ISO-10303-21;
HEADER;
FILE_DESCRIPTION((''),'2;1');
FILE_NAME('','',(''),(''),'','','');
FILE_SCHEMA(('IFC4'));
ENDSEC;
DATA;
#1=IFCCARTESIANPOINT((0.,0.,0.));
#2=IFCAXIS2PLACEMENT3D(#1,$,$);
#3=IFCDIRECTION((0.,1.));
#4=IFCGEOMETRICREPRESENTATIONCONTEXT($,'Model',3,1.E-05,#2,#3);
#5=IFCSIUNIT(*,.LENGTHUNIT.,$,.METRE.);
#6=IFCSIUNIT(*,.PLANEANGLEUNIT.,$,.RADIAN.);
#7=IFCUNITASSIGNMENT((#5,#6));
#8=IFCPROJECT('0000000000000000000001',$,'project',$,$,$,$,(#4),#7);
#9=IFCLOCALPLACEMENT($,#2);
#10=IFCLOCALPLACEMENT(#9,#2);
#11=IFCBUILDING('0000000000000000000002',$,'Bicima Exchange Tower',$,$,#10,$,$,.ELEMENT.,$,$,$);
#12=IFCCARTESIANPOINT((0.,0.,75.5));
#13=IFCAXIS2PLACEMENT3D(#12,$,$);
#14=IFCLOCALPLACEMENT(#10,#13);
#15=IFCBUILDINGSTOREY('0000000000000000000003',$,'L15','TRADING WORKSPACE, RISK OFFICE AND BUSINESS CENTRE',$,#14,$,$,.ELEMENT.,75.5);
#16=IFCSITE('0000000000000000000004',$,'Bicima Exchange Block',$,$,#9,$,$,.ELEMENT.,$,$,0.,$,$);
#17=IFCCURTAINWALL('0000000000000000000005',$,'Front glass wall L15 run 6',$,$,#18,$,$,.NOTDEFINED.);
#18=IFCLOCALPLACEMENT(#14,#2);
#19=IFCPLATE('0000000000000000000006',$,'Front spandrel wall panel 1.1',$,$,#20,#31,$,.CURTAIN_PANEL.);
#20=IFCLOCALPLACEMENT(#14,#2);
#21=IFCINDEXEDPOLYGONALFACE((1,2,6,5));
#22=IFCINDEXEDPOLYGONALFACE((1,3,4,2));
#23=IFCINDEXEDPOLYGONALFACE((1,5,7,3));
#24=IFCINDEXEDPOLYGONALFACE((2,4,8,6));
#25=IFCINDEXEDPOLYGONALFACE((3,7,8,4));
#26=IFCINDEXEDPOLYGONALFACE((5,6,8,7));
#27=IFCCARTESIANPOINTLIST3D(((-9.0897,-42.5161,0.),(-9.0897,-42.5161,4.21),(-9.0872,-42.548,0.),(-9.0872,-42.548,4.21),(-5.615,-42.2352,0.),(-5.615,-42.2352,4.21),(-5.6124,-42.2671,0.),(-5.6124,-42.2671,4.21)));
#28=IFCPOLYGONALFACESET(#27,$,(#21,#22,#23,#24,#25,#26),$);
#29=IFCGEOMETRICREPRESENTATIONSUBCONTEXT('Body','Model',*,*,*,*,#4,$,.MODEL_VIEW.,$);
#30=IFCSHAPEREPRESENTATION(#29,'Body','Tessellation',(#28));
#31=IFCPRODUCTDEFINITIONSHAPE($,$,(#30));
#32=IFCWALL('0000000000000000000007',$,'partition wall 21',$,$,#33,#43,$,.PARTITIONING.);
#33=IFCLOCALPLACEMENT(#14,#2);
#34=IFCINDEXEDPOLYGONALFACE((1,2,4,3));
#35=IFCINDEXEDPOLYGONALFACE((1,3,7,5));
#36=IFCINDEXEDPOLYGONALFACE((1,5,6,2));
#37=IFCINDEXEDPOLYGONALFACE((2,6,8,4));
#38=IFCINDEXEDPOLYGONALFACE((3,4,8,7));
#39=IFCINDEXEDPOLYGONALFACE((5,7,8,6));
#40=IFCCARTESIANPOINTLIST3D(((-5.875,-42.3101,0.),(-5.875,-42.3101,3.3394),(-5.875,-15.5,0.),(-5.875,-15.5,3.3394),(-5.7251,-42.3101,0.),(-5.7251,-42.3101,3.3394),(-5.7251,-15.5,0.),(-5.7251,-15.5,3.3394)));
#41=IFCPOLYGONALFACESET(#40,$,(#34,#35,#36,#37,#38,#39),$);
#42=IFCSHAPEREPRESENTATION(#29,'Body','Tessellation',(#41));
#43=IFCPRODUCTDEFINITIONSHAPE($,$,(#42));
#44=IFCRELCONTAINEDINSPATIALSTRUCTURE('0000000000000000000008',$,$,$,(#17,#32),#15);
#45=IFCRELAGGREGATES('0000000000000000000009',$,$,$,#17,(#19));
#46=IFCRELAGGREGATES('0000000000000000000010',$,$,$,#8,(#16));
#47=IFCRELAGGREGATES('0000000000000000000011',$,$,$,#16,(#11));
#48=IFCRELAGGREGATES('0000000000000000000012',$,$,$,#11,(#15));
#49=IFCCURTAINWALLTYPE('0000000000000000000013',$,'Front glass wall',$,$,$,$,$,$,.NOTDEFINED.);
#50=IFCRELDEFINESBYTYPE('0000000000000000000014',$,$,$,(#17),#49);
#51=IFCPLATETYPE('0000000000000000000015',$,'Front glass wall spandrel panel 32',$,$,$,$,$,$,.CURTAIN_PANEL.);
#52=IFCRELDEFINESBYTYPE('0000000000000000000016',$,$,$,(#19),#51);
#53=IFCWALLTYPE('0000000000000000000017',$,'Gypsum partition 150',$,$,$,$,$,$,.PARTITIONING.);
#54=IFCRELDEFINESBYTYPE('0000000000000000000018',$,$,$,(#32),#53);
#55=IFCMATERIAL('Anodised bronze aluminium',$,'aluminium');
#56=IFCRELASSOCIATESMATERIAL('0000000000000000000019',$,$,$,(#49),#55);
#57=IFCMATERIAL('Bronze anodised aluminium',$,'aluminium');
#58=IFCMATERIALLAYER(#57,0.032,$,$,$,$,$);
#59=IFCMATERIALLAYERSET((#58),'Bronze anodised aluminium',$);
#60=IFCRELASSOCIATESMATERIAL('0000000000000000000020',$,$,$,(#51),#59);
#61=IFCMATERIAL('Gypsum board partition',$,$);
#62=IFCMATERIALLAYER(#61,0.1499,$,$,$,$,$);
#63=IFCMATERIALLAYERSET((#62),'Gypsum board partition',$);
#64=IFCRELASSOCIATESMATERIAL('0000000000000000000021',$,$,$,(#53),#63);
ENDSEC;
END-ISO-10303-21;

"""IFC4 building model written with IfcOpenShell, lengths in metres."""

from ifc_helpers import new_model, si_unit, direction, frame, frame_2d, origin, origin_2d, place, context, subcontext, project, spatial, rectangle, extrude, material, layer, layer_set, type_object, element, aggregate, save


model = new_model("IFC4")

# Units and contexts
model_context = context("Model", 3, precision=1e-05, world=origin(), true_north=direction((0.0, 1.0)))
body_context = subcontext(model_context, "Body", "Model", "MODEL_VIEW")
ifc_project = project(units=[si_unit("LENGTHUNIT", "METRE"), si_unit("PLANEANGLEUNIT", "RADIAN")], contexts=[model_context])

# Site, building, storey
site_placement = place(None, origin())
site = spatial("IfcSite", under=ifc_project, at=site_placement, Name="Bicima Exchange Block", CompositionType="ELEMENT", RefElevation=0.0)
building_placement = place(site_placement, origin())
building = spatial("IfcBuilding", under=site, at=building_placement, Name="Bicima Exchange Tower", CompositionType="ELEMENT")
storey_placement = place(building_placement, frame((0.0, 0.0, 75.5)))
storey = spatial("IfcBuildingStorey", under=building, at=storey_placement, Name="L15", Description="TRADING WORKSPACE, RISK OFFICE AND BUSINESS CENTRE", CompositionType="ELEMENT", Elevation=75.5)

# Curtain wall
ifc_material_1 = material(Name="Anodised bronze aluminium", Category="aluminium")
curtain_wall_type = type_object("IfcCurtainWallType", Name="Front glass wall", PredefinedType="NOTDEFINED", material=ifc_material_1)
curtain_wall_placement = place(storey_placement, origin())
curtain_wall = element("IfcCurtainWall", 1, at=curtain_wall_placement, inside=storey, type_object=curtain_wall_type, Name="Front glass wall L15 run 6", PredefinedType="NOTDEFINED")

# Plate
ifc_material_2 = material(Name="Bronze anodised aluminium", Category="aluminium")
ifc_layer_1 = layer(ifc_material_2, 0.032)
ifc_layer_set_1 = layer_set([ifc_layer_1], Name="Bronze anodised aluminium")
plate_type_1 = type_object("IfcPlateType", Name="Front glass wall spandrel panel 32", PredefinedType="CURTAIN_PANEL", material=ifc_layer_set_1)
plate_1_placement = place(storey_placement, frame((-7.3511, -42.3916, 0.0), z_axis=(0.0, 0.0, 1.0), x_axis=(0.996747, 0.080589, 0.0)))
plate_1 = element("IfcPlate", 2, at=plate_1_placement, type_object=plate_type_1, Name="Front spandrel wall panel 1.1", PredefinedType="CURTAIN_PANEL", context=body_context, shape_type="SweptSolid", body=[
    extrude(rectangle(XDim=3.4861, YDim=0.032, at=origin_2d()), origin(), (0.0, 0.0, 1.0), 4.21),
])
aggregate(curtain_wall, [plate_1])

# Wall
ifc_material_3 = material(Name="Gypsum board partition")
ifc_layer_2 = layer(ifc_material_3, 0.1499)
ifc_layer_set_2 = layer_set([ifc_layer_2], Name="Gypsum board partition")
wall_type = type_object("IfcWallType", Name="Gypsum partition 150", PredefinedType="PARTITIONING", material=ifc_layer_set_2)
wall_placement = place(storey_placement, frame((-5.8, -42.3101, 0.0), z_axis=(0.0, 0.0, 1.0), x_axis=(0.0, 1.0, 0.0)))
element("IfcWall", 3, at=wall_placement, inside=storey, type_object=wall_type, Name="partition wall 21", PredefinedType="PARTITIONING", context=body_context, shape_type="SweptSolid", body=[
    extrude(rectangle(XDim=26.8101, YDim=0.1499, at=frame_2d((13.405, 0.0))), origin(), (0.0, 0.0, 1.0), 3.3394),
])

save(model, "model.ifc")
